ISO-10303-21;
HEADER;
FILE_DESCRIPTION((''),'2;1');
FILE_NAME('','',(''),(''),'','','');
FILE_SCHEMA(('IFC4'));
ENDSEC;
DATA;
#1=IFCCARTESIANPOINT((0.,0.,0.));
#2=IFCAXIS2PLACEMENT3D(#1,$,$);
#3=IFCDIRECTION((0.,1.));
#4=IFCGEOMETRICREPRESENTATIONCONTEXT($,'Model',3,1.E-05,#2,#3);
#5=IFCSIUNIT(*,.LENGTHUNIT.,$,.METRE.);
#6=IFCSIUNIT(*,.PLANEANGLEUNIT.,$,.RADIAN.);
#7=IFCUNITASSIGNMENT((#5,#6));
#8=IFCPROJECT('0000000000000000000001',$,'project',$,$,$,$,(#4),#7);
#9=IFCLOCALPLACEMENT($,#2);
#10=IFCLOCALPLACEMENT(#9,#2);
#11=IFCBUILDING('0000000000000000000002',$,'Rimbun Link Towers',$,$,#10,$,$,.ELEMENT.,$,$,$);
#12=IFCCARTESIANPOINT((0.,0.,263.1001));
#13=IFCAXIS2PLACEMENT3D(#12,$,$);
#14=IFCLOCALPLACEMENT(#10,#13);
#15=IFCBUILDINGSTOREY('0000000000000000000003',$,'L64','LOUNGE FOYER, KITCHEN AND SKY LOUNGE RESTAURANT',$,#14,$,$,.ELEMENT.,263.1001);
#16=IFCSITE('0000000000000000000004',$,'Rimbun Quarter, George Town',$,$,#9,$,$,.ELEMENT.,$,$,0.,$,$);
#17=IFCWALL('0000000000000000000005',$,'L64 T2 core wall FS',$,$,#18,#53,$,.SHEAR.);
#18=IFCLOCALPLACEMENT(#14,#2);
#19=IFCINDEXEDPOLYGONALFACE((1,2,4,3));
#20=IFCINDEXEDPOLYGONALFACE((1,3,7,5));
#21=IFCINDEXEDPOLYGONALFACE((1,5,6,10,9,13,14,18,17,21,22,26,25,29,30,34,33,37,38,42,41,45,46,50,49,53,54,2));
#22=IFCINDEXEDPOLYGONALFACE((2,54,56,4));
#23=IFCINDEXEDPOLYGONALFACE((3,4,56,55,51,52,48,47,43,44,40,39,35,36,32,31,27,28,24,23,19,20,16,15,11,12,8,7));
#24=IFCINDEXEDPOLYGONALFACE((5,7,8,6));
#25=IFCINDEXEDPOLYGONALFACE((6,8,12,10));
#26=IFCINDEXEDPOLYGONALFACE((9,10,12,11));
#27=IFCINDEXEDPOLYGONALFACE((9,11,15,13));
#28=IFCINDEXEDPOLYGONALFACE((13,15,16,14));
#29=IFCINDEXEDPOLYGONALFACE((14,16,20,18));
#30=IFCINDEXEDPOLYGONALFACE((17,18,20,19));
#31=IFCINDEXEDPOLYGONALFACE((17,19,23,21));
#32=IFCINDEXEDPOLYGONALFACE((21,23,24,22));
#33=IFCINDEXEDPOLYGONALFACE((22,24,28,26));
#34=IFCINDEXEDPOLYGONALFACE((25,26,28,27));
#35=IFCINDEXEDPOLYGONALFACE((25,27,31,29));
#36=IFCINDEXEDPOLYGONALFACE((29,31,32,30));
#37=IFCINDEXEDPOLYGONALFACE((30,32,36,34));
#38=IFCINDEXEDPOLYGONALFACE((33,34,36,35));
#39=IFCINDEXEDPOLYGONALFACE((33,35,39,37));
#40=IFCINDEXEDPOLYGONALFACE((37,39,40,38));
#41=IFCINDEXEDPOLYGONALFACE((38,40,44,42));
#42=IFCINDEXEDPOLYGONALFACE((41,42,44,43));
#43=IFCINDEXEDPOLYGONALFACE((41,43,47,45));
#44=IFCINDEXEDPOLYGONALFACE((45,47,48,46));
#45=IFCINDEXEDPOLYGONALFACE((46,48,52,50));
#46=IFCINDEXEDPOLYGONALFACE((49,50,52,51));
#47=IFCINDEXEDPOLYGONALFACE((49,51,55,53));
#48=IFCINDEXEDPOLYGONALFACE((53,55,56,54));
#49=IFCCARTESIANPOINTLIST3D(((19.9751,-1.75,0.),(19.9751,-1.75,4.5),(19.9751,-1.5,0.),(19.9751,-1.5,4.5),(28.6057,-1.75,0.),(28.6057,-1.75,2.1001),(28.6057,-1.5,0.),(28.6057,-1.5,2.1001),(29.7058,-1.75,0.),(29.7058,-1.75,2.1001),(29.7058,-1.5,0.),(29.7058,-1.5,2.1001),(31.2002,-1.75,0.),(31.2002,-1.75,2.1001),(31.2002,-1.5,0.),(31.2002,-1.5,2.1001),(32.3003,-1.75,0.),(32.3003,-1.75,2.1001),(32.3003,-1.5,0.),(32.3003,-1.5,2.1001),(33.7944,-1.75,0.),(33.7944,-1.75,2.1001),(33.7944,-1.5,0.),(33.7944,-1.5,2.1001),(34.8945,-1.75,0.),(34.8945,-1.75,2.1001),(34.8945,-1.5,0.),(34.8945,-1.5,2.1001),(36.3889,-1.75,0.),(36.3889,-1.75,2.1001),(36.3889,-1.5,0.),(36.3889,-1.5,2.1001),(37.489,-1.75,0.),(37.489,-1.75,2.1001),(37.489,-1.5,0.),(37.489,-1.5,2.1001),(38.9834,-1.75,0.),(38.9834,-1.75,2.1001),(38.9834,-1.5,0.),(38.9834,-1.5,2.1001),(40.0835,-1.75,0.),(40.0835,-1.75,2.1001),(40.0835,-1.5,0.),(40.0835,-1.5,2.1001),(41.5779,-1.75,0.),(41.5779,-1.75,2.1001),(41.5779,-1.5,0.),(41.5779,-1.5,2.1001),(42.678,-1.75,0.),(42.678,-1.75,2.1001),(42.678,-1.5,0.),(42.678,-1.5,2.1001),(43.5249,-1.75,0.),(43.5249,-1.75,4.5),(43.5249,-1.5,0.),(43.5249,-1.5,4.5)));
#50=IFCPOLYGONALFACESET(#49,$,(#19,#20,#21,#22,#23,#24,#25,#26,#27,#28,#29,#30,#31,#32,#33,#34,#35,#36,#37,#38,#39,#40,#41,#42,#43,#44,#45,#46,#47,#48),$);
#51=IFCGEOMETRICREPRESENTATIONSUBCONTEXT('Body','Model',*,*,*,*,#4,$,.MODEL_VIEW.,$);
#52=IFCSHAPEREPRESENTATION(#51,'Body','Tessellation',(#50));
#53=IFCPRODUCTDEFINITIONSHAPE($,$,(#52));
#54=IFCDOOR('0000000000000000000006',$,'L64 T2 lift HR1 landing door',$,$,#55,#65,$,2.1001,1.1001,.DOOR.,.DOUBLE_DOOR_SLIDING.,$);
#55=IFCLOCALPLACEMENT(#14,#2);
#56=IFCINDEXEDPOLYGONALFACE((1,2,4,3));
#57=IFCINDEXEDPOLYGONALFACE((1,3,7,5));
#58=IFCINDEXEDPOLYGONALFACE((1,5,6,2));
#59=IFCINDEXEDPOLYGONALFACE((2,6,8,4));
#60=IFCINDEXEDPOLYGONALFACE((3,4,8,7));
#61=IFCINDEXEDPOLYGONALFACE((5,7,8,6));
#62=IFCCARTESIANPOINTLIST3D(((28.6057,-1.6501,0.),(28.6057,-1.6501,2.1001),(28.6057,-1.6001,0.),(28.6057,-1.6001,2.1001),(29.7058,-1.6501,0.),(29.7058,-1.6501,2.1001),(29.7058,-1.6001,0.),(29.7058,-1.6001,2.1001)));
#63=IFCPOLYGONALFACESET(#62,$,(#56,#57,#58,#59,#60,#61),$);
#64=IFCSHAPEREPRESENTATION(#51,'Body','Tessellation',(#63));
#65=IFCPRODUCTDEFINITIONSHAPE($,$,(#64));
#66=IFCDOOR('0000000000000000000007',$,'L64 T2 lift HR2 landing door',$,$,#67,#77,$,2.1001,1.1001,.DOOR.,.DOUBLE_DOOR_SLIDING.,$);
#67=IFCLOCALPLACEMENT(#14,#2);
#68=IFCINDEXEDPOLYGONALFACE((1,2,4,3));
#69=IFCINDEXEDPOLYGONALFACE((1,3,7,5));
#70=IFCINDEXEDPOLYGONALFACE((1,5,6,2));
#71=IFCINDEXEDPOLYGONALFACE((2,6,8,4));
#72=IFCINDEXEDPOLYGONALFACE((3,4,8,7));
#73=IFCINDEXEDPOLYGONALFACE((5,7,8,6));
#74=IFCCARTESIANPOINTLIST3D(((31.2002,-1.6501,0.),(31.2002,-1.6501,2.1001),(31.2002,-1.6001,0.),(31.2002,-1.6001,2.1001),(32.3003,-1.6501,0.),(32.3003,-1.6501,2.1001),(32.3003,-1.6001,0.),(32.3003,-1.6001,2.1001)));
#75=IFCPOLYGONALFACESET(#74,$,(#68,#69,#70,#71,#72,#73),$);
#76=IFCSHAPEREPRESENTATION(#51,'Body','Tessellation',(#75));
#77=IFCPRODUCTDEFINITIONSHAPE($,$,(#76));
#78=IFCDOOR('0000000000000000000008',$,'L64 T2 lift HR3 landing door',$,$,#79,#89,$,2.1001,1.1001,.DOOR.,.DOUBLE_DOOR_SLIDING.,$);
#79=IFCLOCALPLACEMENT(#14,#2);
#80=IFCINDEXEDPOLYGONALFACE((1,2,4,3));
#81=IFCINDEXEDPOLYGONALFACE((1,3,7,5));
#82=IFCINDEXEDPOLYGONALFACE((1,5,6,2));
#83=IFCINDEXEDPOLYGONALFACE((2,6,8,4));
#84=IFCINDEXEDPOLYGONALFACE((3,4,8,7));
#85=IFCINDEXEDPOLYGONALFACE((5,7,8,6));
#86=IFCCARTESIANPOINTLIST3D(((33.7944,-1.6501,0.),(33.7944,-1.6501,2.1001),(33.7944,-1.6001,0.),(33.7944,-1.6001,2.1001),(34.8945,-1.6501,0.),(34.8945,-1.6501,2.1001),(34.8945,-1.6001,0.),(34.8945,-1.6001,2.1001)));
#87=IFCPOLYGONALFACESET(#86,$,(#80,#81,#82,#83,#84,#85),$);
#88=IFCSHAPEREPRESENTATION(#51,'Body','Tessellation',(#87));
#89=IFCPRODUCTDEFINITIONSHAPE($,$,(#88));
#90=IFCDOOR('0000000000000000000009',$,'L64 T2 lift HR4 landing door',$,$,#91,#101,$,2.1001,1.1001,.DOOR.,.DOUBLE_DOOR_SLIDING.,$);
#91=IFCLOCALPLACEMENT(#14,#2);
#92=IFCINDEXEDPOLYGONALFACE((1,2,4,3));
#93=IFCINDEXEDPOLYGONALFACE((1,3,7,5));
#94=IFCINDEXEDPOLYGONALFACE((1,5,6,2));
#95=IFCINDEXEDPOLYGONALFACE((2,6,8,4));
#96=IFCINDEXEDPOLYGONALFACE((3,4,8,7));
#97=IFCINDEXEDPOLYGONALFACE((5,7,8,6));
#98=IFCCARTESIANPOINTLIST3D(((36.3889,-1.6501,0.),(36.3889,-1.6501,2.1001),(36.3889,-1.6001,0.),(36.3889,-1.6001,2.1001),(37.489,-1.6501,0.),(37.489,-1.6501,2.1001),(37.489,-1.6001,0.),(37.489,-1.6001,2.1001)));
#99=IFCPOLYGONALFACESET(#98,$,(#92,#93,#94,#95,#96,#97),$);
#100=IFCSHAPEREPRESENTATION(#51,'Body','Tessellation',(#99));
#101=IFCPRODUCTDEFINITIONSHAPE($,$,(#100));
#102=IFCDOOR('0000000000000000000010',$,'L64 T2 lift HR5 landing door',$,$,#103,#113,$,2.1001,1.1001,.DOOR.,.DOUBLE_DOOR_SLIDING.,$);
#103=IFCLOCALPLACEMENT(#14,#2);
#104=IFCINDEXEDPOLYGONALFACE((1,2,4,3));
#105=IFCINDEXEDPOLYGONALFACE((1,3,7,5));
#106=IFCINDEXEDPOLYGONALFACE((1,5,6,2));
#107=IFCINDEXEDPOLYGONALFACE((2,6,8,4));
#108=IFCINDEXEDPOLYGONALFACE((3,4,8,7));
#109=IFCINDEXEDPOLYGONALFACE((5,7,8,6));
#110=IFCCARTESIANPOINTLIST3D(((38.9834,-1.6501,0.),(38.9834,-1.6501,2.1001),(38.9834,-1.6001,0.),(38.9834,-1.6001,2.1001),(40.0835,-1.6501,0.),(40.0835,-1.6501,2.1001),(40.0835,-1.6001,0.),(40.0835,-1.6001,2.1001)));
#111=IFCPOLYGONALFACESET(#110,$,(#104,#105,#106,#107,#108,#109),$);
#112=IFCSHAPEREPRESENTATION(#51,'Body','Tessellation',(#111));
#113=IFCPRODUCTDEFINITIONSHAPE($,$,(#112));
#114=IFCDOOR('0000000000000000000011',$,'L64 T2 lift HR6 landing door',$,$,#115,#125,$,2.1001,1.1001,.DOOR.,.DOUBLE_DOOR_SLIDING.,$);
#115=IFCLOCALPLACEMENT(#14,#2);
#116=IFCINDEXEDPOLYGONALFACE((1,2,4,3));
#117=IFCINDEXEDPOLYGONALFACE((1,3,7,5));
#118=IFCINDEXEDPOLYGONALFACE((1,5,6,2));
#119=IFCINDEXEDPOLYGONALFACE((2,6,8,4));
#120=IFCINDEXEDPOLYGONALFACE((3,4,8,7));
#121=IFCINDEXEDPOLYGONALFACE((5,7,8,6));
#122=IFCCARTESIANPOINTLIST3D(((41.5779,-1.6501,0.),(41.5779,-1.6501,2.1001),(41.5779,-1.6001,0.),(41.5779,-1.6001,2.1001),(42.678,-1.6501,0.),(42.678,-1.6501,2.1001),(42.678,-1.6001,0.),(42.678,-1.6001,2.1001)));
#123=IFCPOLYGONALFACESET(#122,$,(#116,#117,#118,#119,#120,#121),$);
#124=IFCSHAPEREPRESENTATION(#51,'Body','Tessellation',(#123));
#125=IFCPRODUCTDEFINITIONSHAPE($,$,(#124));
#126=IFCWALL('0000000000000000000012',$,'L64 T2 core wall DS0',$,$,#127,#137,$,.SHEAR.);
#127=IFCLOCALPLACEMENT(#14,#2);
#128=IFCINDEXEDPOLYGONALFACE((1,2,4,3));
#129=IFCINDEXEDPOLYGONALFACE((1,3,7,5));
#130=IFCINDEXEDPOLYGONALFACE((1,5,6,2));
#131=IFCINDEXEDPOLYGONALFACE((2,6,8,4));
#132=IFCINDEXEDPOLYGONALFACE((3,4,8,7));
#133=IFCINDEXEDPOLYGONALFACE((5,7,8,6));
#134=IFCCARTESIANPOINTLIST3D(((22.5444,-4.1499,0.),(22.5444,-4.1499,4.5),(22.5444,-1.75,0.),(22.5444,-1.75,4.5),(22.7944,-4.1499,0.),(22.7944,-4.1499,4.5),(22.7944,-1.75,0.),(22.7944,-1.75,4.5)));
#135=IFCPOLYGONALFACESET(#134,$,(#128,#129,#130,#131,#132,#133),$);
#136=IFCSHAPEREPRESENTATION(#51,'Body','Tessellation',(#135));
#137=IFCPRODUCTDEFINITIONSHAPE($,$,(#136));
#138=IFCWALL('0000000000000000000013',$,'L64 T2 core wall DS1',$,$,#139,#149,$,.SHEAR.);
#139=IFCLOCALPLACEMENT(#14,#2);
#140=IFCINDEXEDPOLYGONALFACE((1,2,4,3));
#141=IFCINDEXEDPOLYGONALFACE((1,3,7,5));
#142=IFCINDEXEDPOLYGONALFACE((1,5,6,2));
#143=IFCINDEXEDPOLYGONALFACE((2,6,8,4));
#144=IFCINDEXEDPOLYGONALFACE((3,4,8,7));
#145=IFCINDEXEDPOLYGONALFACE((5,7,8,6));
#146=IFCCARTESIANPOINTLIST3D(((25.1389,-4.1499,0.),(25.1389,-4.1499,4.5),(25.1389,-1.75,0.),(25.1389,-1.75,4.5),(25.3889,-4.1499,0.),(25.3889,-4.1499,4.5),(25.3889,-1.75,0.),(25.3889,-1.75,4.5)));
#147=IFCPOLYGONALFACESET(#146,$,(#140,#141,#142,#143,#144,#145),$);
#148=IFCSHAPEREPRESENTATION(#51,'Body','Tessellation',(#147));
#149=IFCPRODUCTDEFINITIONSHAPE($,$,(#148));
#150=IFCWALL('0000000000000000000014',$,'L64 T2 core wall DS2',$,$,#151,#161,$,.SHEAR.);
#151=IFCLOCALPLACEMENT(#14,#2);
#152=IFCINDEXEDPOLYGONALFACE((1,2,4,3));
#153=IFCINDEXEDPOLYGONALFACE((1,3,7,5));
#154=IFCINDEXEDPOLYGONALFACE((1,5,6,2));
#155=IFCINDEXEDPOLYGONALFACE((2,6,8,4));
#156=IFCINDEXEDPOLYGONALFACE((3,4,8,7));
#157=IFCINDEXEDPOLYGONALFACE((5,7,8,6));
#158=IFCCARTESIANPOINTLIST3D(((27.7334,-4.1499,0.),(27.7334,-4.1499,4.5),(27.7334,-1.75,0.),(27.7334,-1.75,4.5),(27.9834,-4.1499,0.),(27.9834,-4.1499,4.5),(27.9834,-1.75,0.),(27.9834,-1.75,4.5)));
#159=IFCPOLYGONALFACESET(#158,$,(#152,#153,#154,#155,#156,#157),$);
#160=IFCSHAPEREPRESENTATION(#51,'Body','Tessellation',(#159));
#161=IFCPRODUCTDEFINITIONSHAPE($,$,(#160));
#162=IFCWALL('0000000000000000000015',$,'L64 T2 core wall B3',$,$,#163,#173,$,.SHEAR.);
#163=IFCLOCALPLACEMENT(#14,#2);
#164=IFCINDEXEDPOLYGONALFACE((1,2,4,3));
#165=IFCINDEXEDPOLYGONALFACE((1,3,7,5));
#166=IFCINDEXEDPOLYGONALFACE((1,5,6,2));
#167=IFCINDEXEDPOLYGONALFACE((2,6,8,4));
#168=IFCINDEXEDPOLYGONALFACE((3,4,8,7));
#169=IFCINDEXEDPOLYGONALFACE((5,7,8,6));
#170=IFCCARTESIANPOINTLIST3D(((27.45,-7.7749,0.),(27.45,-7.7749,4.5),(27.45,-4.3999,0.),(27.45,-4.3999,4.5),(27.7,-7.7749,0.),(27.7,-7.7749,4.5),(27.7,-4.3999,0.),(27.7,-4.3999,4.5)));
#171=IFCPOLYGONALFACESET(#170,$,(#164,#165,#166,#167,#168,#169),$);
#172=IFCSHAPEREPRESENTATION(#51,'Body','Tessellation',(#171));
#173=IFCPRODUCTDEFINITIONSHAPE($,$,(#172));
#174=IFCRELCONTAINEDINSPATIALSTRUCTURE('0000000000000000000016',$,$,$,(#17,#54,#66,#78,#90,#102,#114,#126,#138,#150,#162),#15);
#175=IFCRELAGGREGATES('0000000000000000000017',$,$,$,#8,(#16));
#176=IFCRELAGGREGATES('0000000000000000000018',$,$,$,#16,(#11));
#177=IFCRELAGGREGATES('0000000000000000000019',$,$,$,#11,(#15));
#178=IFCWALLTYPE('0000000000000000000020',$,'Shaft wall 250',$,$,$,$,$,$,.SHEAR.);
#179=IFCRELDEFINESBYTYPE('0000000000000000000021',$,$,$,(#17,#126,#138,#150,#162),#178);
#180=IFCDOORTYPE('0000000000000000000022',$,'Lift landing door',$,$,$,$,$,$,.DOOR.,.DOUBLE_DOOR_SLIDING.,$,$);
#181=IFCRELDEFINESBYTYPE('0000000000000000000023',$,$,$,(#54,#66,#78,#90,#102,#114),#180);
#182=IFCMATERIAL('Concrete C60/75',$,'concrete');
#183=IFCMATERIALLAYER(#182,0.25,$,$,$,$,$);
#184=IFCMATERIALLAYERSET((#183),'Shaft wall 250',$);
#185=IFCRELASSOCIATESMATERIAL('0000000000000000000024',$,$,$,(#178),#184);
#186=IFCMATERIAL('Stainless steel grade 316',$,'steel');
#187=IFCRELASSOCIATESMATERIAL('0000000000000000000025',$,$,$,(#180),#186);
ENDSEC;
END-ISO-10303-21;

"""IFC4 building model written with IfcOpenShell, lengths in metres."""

from ifc_helpers import new_model, si_unit, direction, frame, frame_2d, origin, place, context, subcontext, project, spatial, rectangle, extrude, material, layer, layer_set, type_object, element, fill, save


model = new_model("IFC4")

# Units and contexts
model_context = context("Model", 3, precision=1e-05, world=origin(), true_north=direction((0.0, 1.0)))
body_context = subcontext(model_context, "Body", "Model", "MODEL_VIEW")
ifc_project = project(units=[si_unit("LENGTHUNIT", "METRE"), si_unit("PLANEANGLEUNIT", "RADIAN")], contexts=[model_context])

# Site, building, storey
site_placement = place(None, origin())
site = spatial("IfcSite", under=ifc_project, at=site_placement, Name="Rimbun Quarter, George Town", CompositionType="ELEMENT", RefElevation=0.0)
building_placement = place(site_placement, origin())
building = spatial("IfcBuilding", under=site, at=building_placement, Name="Rimbun Link Towers", CompositionType="ELEMENT")
storey_placement = place(building_placement, frame((0.0, 0.0, 263.1001)))
storey = spatial("IfcBuildingStorey", under=building, at=storey_placement, Name="L64", Description="LOUNGE FOYER, KITCHEN AND SKY LOUNGE RESTAURANT", CompositionType="ELEMENT", Elevation=263.1001)

# Shared definitions
ifc_material_1 = material(Name="Concrete C60/75", Category="concrete")
ifc_layer_1 = layer(ifc_material_1, 0.25)
ifc_layer_set_1 = layer_set([ifc_layer_1], Name="Shaft wall 250")
wall_type_1 = type_object("IfcWallType", Name="Shaft wall 250", PredefinedType="SHEAR", material=ifc_layer_set_1)

# Wall, openings, doors
wall_1_placement = place(storey_placement, frame((19.9751, -1.625, 0.0), z_axis=(0.0, 0.0, 1.0), x_axis=(1.0, 0.0, 0.0)))
wall_1 = element("IfcWall", 1, at=wall_1_placement, inside=storey, type_object=wall_type_1, Name="L64 T2 core wall FS", PredefinedType="SHEAR", context=body_context, shape_type="SweptSolid", body=[
    extrude(rectangle(XDim=23.5498, YDim=0.25, at=frame_2d((11.7749, 0.0))), origin(), (0.0, 0.0, 1.0), 4.5),
])
opening_1_placement = place(wall_1_placement, frame((8.6306, 0.0, 0.0)))
opening_1 = element("IfcOpeningElement", 2, at=opening_1_placement, cuts=wall_1, PredefinedType="OPENING", context=body_context, shape_type="SweptSolid", body=[
    extrude(rectangle(XDim=1.1001, YDim=2.1001, at=frame_2d((0.55, 1.05))), frame((0.0, 0.135, 0.0), z_axis=(0.0, -1.0, 0.0), x_axis=(1.0, 0.0, 0.0)), (0.0, 0.0, 1.0), 0.27),
])
opening_2_placement = place(wall_1_placement, frame((11.2251, 0.0, 0.0)))
opening_2 = element("IfcOpeningElement", 3, at=opening_2_placement, cuts=wall_1, PredefinedType="OPENING", context=body_context, shape_type="SweptSolid", body=[
    extrude(rectangle(XDim=1.1001, YDim=2.1001, at=frame_2d((0.55, 1.05))), frame((0.0, 0.135, 0.0), z_axis=(0.0, -1.0, 0.0), x_axis=(1.0, 0.0, 0.0)), (0.0, 0.0, 1.0), 0.27),
])
opening_3_placement = place(wall_1_placement, frame((13.8193, 0.0, 0.0)))
opening_3 = element("IfcOpeningElement", 4, at=opening_3_placement, cuts=wall_1, PredefinedType="OPENING", context=body_context, shape_type="SweptSolid", body=[
    extrude(rectangle(XDim=1.1001, YDim=2.1001, at=frame_2d((0.55, 1.05))), frame((0.0, 0.135, 0.0), z_axis=(0.0, -1.0, 0.0), x_axis=(1.0, 0.0, 0.0)), (0.0, 0.0, 1.0), 0.27),
])
opening_4_placement = place(wall_1_placement, frame((16.4138, 0.0, 0.0)))
opening_4 = element("IfcOpeningElement", 5, at=opening_4_placement, cuts=wall_1, PredefinedType="OPENING", context=body_context, shape_type="SweptSolid", body=[
    extrude(rectangle(XDim=1.1001, YDim=2.1001, at=frame_2d((0.55, 1.05))), frame((0.0, 0.135, 0.0), z_axis=(0.0, -1.0, 0.0), x_axis=(1.0, 0.0, 0.0)), (0.0, 0.0, 1.0), 0.27),
])
opening_5_placement = place(wall_1_placement, frame((19.0083, 0.0, 0.0)))
opening_5 = element("IfcOpeningElement", 6, at=opening_5_placement, cuts=wall_1, PredefinedType="OPENING", context=body_context, shape_type="SweptSolid", body=[
    extrude(rectangle(XDim=1.1001, YDim=2.1001, at=frame_2d((0.55, 1.05))), frame((0.0, 0.135, 0.0), z_axis=(0.0, -1.0, 0.0), x_axis=(1.0, 0.0, 0.0)), (0.0, 0.0, 1.0), 0.27),
])
opening_6_placement = place(wall_1_placement, frame((21.6028, 0.0, 0.0)))
opening_6 = element("IfcOpeningElement", 7, at=opening_6_placement, cuts=wall_1, PredefinedType="OPENING", context=body_context, shape_type="SweptSolid", body=[
    extrude(rectangle(XDim=1.1001, YDim=2.1001, at=frame_2d((0.55, 1.05))), frame((0.0, 0.135, 0.0), z_axis=(0.0, -1.0, 0.0), x_axis=(1.0, 0.0, 0.0)), (0.0, 0.0, 1.0), 0.27),
])
ifc_material_2 = material(Name="Stainless steel grade 316", Category="steel")
door_type_1 = type_object("IfcDoorType", Name="Lift landing door", OperationType="DOUBLE_DOOR_SLIDING", PredefinedType="DOOR", material=ifc_material_2)
door_1_placement = place(opening_1_placement, origin())
door_1 = element("IfcDoor", 8, at=door_1_placement, inside=storey, type_object=door_type_1, Name="L64 T2 lift HR1 landing door", OperationType="DOUBLE_DOOR_SLIDING", OverallHeight=2.1001, OverallWidth=1.1001, PredefinedType="DOOR", context=body_context, shape_type="SweptSolid", body=[
    extrude(rectangle(XDim=1.1001, YDim=2.1001, at=frame_2d((0.55, 1.05))), frame((0.0, 0.0249, 0.0), z_axis=(0.0, -1.0, 0.0), x_axis=(1.0, 0.0, 0.0)), (0.0, 0.0, 1.0), 0.05),
])
fill(opening_1, door_1)
door_2_placement = place(opening_2_placement, origin())
door_2 = element("IfcDoor", 9, at=door_2_placement, inside=storey, type_object=door_type_1, Name="L64 T2 lift HR2 landing door", OperationType="DOUBLE_DOOR_SLIDING", OverallHeight=2.1001, OverallWidth=1.1001, PredefinedType="DOOR", context=body_context, shape_type="SweptSolid", body=[
    extrude(rectangle(XDim=1.1001, YDim=2.1001, at=frame_2d((0.55, 1.05))), frame((0.0, 0.0249, 0.0), z_axis=(0.0, -1.0, 0.0), x_axis=(1.0, 0.0, 0.0)), (0.0, 0.0, 1.0), 0.05),
])
fill(opening_2, door_2)
door_3_placement = place(opening_3_placement, origin())
door_3 = element("IfcDoor", 10, at=door_3_placement, inside=storey, type_object=door_type_1, Name="L64 T2 lift HR3 landing door", OperationType="DOUBLE_DOOR_SLIDING", OverallHeight=2.1001, OverallWidth=1.1001, PredefinedType="DOOR", context=body_context, shape_type="SweptSolid", body=[
    extrude(rectangle(XDim=1.1001, YDim=2.1001, at=frame_2d((0.55, 1.05))), frame((0.0, 0.0249, 0.0), z_axis=(0.0, -1.0, 0.0), x_axis=(1.0, 0.0, 0.0)), (0.0, 0.0, 1.0), 0.05),
])
fill(opening_3, door_3)
door_4_placement = place(opening_4_placement, origin())
door_4 = element("IfcDoor", 11, at=door_4_placement, inside=storey, type_object=door_type_1, Name="L64 T2 lift HR4 landing door", OperationType="DOUBLE_DOOR_SLIDING", OverallHeight=2.1001, OverallWidth=1.1001, PredefinedType="DOOR", context=body_context, shape_type="SweptSolid", body=[
    extrude(rectangle(XDim=1.1001, YDim=2.1001, at=frame_2d((0.55, 1.05))), frame((0.0, 0.0249, 0.0), z_axis=(0.0, -1.0, 0.0), x_axis=(1.0, 0.0, 0.0)), (0.0, 0.0, 1.0), 0.05),
])
fill(opening_4, door_4)
door_5_placement = place(opening_5_placement, origin())
door_5 = element("IfcDoor", 12, at=door_5_placement, inside=storey, type_object=door_type_1, Name="L64 T2 lift HR5 landing door", OperationType="DOUBLE_DOOR_SLIDING", OverallHeight=2.1001, OverallWidth=1.1001, PredefinedType="DOOR", context=body_context, shape_type="SweptSolid", body=[
    extrude(rectangle(XDim=1.1001, YDim=2.1001, at=frame_2d((0.55, 1.05))), frame((0.0, 0.0249, 0.0), z_axis=(0.0, -1.0, 0.0), x_axis=(1.0, 0.0, 0.0)), (0.0, 0.0, 1.0), 0.05),
])
fill(opening_5, door_5)
door_6_placement = place(opening_6_placement, origin())
door_6 = element("IfcDoor", 13, at=door_6_placement, inside=storey, type_object=door_type_1, Name="L64 T2 lift HR6 landing door", OperationType="DOUBLE_DOOR_SLIDING", OverallHeight=2.1001, OverallWidth=1.1001, PredefinedType="DOOR", context=body_context, shape_type="SweptSolid", body=[
    extrude(rectangle(XDim=1.1001, YDim=2.1001, at=frame_2d((0.55, 1.05))), frame((0.0, 0.0249, 0.0), z_axis=(0.0, -1.0, 0.0), x_axis=(1.0, 0.0, 0.0)), (0.0, 0.0, 1.0), 0.05),
])
fill(opening_6, door_6)

# Walls
for number, where, z_axis, x_axis, name in (
    (14, (22.6694, -4.1499, 0.0), (0.0, 0.0, 1.0), (0.0, 1.0, 0.0), "L64 T2 core wall DS0"),
    (15, (25.2639, -4.1499, 0.0), (0.0, 0.0, 1.0), (0.0, 1.0, 0.0), "L64 T2 core wall DS1"),
    (16, (27.8584, -4.1499, 0.0), (0.0, 0.0, 1.0), (0.0, 1.0, 0.0), "L64 T2 core wall DS2"),
):
    element("IfcWall", number, at=place(storey_placement, frame(where, z_axis=z_axis, x_axis=x_axis)), inside=storey, type_object=wall_type_1, Name=name, PredefinedType="SHEAR", context=body_context, shape_type="SweptSolid", body=[
        extrude(rectangle(XDim=2.3999, YDim=0.25, at=frame_2d((1.2, 0.0))), origin(), (0.0, 0.0, 1.0), 4.5),
    ])
wall_2_placement = place(storey_placement, frame((27.575, -4.3999, 0.0), z_axis=(0.0, 0.0, 1.0), x_axis=(0.0, -1.0, 0.0)))
element("IfcWall", 17, at=wall_2_placement, inside=storey, type_object=wall_type_1, Name="L64 T2 core wall B3", PredefinedType="SHEAR", context=body_context, shape_type="SweptSolid", body=[
    extrude(rectangle(XDim=3.375, YDim=0.25, at=frame_2d((1.6875, 0.0))), origin(), (0.0, 0.0, 1.0), 4.5),
])

save(model, "model.ifc")
